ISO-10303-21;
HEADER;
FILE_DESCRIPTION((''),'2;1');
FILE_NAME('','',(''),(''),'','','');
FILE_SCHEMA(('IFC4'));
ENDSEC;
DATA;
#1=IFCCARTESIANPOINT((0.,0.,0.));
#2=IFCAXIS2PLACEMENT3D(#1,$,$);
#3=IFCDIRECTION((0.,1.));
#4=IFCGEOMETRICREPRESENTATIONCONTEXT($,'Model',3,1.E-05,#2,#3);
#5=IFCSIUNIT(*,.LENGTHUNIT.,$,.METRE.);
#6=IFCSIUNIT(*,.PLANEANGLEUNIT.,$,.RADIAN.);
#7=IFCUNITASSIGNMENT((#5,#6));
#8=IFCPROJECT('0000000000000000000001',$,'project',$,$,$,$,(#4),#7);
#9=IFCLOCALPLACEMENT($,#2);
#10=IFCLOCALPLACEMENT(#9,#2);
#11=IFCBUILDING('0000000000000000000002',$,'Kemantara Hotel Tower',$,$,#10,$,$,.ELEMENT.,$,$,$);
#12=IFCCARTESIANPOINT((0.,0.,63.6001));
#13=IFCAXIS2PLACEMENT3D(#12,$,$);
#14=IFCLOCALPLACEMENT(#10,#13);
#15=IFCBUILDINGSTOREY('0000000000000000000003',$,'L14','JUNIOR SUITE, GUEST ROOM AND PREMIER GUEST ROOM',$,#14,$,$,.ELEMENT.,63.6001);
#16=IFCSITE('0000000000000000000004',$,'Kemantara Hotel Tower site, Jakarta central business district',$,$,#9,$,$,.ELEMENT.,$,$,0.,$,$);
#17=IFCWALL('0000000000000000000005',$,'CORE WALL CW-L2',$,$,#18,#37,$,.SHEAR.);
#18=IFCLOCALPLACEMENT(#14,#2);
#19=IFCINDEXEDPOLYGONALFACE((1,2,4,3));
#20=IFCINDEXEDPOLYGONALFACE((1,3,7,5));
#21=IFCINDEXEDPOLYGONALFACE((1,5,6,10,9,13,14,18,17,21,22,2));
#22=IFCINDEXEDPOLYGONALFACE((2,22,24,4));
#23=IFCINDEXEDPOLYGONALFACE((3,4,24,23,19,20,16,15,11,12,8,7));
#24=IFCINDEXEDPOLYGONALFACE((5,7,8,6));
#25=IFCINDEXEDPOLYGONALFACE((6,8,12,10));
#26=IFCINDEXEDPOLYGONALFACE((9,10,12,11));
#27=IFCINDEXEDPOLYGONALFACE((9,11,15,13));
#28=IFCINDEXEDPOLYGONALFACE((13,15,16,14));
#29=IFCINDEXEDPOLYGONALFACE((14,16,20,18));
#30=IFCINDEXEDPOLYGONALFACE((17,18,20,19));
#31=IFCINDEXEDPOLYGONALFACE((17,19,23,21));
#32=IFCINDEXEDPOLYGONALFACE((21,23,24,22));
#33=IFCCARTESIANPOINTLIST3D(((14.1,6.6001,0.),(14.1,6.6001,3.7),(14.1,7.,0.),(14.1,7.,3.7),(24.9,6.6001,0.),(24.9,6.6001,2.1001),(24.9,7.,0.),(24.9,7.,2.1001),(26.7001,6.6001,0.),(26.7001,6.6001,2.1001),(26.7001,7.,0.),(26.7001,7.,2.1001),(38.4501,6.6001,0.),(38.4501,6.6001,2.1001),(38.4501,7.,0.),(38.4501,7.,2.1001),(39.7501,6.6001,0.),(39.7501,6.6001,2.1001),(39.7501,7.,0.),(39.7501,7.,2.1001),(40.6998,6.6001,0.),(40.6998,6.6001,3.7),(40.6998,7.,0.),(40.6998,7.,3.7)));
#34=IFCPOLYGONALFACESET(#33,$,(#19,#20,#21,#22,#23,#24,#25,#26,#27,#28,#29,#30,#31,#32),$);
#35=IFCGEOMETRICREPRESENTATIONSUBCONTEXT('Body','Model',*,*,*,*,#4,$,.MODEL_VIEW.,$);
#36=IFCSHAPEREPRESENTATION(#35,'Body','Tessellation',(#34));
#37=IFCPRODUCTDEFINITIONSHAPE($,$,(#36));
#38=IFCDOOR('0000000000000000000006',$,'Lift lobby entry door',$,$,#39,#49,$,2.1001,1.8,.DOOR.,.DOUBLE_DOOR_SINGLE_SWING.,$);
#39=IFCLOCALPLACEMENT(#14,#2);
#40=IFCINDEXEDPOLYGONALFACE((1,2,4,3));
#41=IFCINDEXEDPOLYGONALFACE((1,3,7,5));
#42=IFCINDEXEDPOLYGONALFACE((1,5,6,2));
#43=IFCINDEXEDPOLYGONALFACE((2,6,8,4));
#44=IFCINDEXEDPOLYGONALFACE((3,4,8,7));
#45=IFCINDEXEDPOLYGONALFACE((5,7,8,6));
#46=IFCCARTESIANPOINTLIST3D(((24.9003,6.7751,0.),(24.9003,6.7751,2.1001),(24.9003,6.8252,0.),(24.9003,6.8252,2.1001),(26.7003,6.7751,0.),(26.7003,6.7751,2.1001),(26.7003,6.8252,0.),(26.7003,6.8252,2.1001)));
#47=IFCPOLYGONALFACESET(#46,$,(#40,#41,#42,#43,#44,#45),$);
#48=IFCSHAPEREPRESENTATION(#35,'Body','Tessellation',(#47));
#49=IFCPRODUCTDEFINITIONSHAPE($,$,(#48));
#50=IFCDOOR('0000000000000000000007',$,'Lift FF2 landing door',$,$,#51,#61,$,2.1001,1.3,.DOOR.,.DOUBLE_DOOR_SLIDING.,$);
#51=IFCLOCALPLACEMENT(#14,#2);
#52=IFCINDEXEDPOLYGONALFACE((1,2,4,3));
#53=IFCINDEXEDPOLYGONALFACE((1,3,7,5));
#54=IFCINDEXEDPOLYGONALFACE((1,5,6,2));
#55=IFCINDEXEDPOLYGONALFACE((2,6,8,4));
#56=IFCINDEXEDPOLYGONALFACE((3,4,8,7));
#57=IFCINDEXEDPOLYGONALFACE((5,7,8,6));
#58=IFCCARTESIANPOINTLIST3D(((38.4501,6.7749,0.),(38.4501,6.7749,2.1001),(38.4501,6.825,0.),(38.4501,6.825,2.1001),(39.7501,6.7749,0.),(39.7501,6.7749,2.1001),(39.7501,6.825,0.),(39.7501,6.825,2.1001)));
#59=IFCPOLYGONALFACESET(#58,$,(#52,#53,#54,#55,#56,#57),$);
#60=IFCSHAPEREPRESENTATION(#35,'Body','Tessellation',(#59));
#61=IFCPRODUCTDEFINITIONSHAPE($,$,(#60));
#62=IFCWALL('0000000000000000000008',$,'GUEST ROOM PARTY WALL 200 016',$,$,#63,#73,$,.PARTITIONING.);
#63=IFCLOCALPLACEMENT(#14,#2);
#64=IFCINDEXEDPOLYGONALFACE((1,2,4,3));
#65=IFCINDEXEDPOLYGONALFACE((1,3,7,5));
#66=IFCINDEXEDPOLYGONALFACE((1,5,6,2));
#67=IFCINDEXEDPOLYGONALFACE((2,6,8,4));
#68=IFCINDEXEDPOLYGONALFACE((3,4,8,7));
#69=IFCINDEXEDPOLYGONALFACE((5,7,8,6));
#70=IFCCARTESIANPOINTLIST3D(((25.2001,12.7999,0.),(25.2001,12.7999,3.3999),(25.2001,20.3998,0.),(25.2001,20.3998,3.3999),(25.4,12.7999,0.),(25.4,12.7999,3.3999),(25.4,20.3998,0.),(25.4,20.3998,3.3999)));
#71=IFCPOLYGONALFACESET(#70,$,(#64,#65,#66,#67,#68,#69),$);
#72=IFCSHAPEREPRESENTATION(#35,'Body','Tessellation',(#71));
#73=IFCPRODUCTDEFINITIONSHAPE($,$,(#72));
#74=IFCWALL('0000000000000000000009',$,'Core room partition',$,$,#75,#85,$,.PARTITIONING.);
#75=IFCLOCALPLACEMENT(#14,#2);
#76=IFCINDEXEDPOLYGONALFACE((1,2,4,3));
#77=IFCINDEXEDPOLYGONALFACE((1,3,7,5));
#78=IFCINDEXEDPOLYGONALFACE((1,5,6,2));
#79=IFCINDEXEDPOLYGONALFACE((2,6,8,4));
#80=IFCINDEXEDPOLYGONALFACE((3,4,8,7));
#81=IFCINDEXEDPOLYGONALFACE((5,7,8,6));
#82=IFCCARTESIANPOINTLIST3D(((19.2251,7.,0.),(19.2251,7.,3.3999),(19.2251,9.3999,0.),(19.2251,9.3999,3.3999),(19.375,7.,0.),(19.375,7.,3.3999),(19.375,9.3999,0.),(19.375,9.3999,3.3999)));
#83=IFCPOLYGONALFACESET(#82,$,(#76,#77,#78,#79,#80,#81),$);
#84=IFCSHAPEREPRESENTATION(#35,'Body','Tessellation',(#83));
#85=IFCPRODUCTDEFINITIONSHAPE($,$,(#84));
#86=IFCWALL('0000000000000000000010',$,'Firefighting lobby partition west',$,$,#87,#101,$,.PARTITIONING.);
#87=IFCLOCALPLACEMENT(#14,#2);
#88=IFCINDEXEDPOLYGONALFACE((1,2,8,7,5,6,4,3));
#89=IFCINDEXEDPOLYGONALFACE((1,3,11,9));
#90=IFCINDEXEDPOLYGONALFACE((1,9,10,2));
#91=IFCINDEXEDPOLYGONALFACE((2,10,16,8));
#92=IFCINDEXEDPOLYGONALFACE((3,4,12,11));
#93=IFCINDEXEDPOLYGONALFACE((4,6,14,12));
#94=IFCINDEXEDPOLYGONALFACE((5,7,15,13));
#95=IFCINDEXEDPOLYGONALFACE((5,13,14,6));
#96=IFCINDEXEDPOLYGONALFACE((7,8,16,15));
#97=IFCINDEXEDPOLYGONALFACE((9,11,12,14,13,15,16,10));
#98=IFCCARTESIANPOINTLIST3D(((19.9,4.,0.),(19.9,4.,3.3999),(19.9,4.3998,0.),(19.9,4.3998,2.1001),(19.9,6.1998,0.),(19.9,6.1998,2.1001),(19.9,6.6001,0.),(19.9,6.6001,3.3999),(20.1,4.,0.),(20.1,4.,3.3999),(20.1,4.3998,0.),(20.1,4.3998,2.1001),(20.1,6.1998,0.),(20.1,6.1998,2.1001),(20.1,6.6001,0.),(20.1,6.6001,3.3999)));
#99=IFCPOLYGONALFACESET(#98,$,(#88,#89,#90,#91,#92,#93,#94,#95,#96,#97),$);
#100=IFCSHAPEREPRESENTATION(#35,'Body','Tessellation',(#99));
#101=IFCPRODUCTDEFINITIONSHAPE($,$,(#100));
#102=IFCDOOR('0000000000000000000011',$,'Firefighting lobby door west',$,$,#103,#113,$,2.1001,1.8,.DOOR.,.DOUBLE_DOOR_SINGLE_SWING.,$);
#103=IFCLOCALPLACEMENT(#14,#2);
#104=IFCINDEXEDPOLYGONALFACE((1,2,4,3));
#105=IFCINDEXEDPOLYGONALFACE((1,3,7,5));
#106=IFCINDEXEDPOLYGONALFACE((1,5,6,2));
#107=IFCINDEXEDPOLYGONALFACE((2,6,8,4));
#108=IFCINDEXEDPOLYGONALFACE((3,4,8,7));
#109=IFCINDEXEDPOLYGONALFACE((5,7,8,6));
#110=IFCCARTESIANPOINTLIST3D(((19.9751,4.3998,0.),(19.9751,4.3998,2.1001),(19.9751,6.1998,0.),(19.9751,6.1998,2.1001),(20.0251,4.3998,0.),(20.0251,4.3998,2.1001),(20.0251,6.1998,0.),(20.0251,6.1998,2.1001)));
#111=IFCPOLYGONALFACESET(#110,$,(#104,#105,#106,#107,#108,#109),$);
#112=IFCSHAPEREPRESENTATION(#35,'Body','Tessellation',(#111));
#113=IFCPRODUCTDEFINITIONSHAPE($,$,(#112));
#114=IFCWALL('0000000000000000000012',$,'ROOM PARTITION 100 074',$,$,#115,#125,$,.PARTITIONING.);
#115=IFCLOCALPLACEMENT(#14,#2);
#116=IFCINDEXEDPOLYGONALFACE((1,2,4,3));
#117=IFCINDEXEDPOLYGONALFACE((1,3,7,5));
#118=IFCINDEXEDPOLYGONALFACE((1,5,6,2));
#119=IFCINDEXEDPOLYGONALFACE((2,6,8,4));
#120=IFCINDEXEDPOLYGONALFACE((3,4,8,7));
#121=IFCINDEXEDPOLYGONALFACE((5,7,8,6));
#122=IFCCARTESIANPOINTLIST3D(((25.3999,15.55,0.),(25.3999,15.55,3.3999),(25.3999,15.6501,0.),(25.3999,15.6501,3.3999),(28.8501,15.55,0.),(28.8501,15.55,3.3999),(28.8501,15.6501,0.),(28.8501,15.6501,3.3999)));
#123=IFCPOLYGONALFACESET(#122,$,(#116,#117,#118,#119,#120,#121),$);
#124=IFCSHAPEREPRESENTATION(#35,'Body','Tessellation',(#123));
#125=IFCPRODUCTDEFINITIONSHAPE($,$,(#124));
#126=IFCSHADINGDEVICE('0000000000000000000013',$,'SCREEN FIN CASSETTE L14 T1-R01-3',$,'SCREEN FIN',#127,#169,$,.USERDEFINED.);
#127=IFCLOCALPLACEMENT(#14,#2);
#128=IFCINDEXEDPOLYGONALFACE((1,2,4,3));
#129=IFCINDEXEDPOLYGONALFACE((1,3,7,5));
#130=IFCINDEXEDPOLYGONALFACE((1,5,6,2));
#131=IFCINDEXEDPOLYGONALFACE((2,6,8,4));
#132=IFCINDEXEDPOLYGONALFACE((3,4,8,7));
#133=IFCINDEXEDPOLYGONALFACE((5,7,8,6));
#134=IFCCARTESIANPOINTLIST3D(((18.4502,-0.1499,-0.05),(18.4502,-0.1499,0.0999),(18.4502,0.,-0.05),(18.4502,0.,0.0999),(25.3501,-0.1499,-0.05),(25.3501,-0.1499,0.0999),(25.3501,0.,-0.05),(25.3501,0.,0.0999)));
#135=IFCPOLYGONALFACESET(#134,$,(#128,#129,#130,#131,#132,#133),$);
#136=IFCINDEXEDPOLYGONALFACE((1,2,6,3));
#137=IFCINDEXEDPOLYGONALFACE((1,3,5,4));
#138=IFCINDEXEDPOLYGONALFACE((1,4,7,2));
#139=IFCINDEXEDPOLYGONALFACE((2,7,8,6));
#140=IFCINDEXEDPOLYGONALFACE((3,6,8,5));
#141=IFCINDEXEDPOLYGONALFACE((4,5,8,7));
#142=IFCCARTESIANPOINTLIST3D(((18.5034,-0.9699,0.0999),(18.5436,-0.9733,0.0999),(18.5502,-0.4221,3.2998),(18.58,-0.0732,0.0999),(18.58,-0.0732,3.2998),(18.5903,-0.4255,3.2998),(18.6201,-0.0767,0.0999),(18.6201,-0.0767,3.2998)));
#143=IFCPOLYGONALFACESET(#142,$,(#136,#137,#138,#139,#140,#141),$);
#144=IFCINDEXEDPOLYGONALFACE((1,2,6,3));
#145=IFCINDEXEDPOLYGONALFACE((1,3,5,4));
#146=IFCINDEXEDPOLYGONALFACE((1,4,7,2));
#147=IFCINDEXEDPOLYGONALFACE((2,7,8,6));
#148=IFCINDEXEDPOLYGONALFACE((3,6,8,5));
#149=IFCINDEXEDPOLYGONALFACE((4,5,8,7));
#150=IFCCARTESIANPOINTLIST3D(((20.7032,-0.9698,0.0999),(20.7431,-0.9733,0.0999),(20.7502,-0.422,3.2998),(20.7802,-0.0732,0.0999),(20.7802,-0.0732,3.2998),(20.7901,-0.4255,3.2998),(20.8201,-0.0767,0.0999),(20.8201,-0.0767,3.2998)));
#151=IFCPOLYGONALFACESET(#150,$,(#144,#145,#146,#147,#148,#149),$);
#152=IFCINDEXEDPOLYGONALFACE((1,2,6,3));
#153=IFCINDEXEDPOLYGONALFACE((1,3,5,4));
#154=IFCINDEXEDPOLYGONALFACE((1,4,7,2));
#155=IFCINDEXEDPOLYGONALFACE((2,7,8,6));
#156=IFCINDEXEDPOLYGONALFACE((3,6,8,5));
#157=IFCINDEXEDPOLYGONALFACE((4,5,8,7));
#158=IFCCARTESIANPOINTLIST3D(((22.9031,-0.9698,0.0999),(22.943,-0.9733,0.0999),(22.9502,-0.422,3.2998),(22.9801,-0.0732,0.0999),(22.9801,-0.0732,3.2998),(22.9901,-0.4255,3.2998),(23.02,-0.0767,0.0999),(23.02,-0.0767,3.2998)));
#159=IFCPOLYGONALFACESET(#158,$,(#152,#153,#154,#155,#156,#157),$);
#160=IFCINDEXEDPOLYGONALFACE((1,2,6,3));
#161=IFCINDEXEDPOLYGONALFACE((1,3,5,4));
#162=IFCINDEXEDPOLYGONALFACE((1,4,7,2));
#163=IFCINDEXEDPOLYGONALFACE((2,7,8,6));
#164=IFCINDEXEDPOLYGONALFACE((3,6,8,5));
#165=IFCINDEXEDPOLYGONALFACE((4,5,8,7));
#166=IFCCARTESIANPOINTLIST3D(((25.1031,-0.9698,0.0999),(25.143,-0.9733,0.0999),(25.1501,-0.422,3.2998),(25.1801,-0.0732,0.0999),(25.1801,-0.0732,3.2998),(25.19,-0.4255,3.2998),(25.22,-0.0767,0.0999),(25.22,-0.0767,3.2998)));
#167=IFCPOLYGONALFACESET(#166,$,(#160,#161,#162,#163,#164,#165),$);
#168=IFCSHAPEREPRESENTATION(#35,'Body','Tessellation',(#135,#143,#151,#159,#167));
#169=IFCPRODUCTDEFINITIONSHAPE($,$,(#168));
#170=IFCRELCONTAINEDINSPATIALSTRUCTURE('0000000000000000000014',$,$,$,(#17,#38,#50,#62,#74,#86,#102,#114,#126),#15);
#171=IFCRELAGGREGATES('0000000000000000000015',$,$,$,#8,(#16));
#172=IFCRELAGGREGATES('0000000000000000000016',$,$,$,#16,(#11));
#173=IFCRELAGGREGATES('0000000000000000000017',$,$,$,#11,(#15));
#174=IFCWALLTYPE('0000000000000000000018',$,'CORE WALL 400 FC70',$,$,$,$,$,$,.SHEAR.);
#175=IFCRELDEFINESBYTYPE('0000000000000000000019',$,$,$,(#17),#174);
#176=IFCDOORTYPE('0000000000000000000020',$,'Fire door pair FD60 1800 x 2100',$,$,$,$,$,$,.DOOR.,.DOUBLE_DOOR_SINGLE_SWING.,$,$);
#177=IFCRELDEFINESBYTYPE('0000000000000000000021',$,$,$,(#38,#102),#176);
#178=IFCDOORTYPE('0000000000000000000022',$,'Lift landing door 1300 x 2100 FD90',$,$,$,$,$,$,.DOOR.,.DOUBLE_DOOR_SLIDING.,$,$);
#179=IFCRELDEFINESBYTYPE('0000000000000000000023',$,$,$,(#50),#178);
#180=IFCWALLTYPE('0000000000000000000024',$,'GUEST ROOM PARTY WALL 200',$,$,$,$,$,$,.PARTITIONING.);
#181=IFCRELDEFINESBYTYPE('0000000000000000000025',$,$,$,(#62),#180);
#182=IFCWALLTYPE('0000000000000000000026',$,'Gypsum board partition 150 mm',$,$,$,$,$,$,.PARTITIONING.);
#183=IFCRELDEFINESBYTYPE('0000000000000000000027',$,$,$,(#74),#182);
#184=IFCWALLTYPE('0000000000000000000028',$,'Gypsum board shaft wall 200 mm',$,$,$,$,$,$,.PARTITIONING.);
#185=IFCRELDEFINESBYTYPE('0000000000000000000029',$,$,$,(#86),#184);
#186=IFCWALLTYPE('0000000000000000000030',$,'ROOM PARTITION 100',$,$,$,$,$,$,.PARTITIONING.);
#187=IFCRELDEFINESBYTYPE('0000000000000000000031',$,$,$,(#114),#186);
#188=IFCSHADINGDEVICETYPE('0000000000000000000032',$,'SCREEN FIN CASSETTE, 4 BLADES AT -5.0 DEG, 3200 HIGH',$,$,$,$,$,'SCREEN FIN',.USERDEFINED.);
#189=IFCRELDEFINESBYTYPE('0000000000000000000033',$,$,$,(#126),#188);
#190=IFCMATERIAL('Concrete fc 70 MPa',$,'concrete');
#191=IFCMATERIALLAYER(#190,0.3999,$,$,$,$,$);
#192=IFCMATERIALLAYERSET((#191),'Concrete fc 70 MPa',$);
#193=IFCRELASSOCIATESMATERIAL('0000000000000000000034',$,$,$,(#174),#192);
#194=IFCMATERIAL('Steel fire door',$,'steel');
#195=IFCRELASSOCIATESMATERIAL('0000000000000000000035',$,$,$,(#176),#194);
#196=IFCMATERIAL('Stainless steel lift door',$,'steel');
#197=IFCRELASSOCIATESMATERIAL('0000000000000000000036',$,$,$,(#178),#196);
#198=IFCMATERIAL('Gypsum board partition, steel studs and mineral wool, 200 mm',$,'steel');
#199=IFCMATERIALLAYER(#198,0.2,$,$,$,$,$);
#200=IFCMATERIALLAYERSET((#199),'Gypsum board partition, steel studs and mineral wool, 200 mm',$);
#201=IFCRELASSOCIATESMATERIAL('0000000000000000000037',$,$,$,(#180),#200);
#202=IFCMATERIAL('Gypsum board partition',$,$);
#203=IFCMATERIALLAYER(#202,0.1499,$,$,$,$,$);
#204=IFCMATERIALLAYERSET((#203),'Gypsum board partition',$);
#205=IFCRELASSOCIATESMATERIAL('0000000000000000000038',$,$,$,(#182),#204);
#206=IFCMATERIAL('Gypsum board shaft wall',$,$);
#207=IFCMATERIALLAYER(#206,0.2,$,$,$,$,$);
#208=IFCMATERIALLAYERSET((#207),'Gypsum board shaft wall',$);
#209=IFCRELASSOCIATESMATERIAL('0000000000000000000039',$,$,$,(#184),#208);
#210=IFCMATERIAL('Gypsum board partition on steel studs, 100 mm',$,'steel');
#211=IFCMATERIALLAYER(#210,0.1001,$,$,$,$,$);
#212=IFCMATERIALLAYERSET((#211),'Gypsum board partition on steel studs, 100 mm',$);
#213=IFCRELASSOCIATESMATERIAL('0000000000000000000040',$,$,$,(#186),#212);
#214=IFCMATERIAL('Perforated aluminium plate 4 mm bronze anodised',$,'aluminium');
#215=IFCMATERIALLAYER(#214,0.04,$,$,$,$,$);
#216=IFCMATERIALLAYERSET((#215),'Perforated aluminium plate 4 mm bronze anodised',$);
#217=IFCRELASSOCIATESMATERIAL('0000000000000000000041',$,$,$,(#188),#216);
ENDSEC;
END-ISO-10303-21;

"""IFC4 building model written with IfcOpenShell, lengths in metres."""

from ifc_helpers import new_model, si_unit, direction, frame, frame_2d, origin, origin_2d, place, context, subcontext, project, spatial, polyline, rectangle, outline, extrude, source, transform, mapped, material, layer, layer_set, type_object, element, fill, save


model = new_model("IFC4")

# Units and contexts
model_context = context("Model", 3, precision=1e-05, world=origin(), true_north=direction((0.0, 1.0)))
body_context = subcontext(model_context, "Body", "Model", "MODEL_VIEW")
ifc_project = project(units=[si_unit("LENGTHUNIT", "METRE"), si_unit("PLANEANGLEUNIT", "RADIAN")], contexts=[model_context])

# Site, building, storey
site_placement = place(None, origin())
site = spatial("IfcSite", under=ifc_project, at=site_placement, Name="Kemantara Hotel Tower site, Jakarta central business district", CompositionType="ELEMENT", RefElevation=0.0)
building_placement = place(site_placement, origin())
building = spatial("IfcBuilding", under=site, at=building_placement, Name="Kemantara Hotel Tower", CompositionType="ELEMENT")
storey_placement = place(building_placement, frame((0.0, 0.0, 63.6001)))
storey = spatial("IfcBuildingStorey", under=building, at=storey_placement, Name="L14", Description="JUNIOR SUITE, GUEST ROOM AND PREMIER GUEST ROOM", CompositionType="ELEMENT", Elevation=63.6001)

# Shared definitions
ifc_material_1 = material(Name="Concrete fc 70 MPa", Category="concrete")

# Wall, openings, doors
ifc_layer_1 = layer(ifc_material_1, 0.3999)
ifc_layer_set_1 = layer_set([ifc_layer_1], Name="Concrete fc 70 MPa")
wall_type_1 = type_object("IfcWallType", Name="CORE WALL 400 FC70", PredefinedType="SHEAR", material=ifc_layer_set_1)
ifc_material_2 = material(Name="Steel fire door", Category="steel")
wall_1_placement = place(storey_placement, frame((14.1001, 6.8, 0.0), z_axis=(0.0, 0.0, 1.0), x_axis=(1.0, 0.0, 0.0)))
wall_1 = element("IfcWall", 1, at=wall_1_placement, inside=storey, type_object=wall_type_1, Name="CORE WALL CW-L2", PredefinedType="SHEAR", context=body_context, shape_type="SweptSolid", body=[
    extrude(rectangle(XDim=26.5999, YDim=0.3999, at=frame_2d((13.2998, 0.0))), origin(), (0.0, 0.0, 1.0), 3.7),
])
opening_1_placement = place(wall_1_placement, frame((10.8, 0.0, 0.0)))
opening_1 = element("IfcOpeningElement", 2, at=opening_1_placement, cuts=wall_1, PredefinedType="OPENING", context=body_context, shape_type="SweptSolid", body=[
    extrude(rectangle(XDim=1.8, YDim=2.1001, at=frame_2d((0.8999, 1.05))), frame((0.0, 0.21, 0.0), z_axis=(0.0, -1.0, 0.0), x_axis=(1.0, 0.0, 0.0)), (0.0, 0.0, 1.0), 0.4199),
])
opening_2_placement = place(wall_1_placement, frame((24.3501, 0.0, 0.0)))
opening_2 = element("IfcOpeningElement", 3, at=opening_2_placement, cuts=wall_1, PredefinedType="OPENING", context=body_context, shape_type="SweptSolid", body=[
    extrude(rectangle(XDim=1.3, YDim=2.1001, at=frame_2d((0.6499, 1.05))), frame((0.0, 0.21, 0.0), z_axis=(0.0, -1.0, 0.0), x_axis=(1.0, 0.0, 0.0)), (0.0, 0.0, 1.0), 0.4199),
])
door_type_1 = type_object("IfcDoorType", Name="Fire door pair FD60 1800 x 2100", OperationType="DOUBLE_DOOR_SINGLE_SWING", PredefinedType="DOOR", material=ifc_material_2)
door_1_placement = place(opening_1_placement, frame((1.8, 0.0, 0.0), z_axis=(0.0, 0.0, 1.0), x_axis=(-1.0, 0.0, 0.0)))
door_1 = element("IfcDoor", 4, at=door_1_placement, inside=storey, type_object=door_type_1, Name="Lift lobby entry door", OperationType="DOUBLE_DOOR_SINGLE_SWING", OverallHeight=2.1001, OverallWidth=1.8, PredefinedType="DOOR", context=body_context, shape_type="SweptSolid", body=[
    extrude(rectangle(XDim=1.8, YDim=2.1001, at=frame_2d((0.8999, 1.05))), frame((0.0, 0.0249, 0.0), z_axis=(0.0, -1.0, 0.0), x_axis=(1.0, 0.0, 0.0)), (0.0, 0.0, 1.0), 0.05),
])
fill(opening_1, door_1)
ifc_material_3 = material(Name="Stainless steel lift door", Category="steel")
door_type_2 = type_object("IfcDoorType", Name="Lift landing door 1300 x 2100 FD90", OperationType="DOUBLE_DOOR_SLIDING", PredefinedType="DOOR", material=ifc_material_3)
door_2_placement = place(opening_2_placement, origin())
door_2 = element("IfcDoor", 5, at=door_2_placement, inside=storey, type_object=door_type_2, Name="Lift FF2 landing door", OperationType="DOUBLE_DOOR_SLIDING", OverallHeight=2.1001, OverallWidth=1.3, PredefinedType="DOOR", context=body_context, shape_type="SweptSolid", body=[
    extrude(rectangle(XDim=1.3, YDim=2.1001, at=frame_2d((0.6499, 1.05))), frame((0.0, 0.0249, 0.0), z_axis=(0.0, -1.0, 0.0), x_axis=(1.0, 0.0, 0.0)), (0.0, 0.0, 1.0), 0.05),
])
fill(opening_2, door_2)

# Walls
ifc_material_4 = material(Name="Gypsum board partition, steel studs and mineral wool, 200 mm", Category="steel")
ifc_layer_2 = layer(ifc_material_4, 0.2)
ifc_layer_set_2 = layer_set([ifc_layer_2], Name="Gypsum board partition, steel studs and mineral wool, 200 mm")
wall_type_2 = type_object("IfcWallType", Name="GUEST ROOM PARTY WALL 200", PredefinedType="PARTITIONING", material=ifc_layer_set_2)
wall_2_placement = place(storey_placement, frame((25.3, 12.8, 0.0), z_axis=(0.0, 0.0, 1.0), x_axis=(0.0, 1.0, 0.0)))
element("IfcWall", 6, at=wall_2_placement, inside=storey, type_object=wall_type_2, Name="GUEST ROOM PARTY WALL 200 016", PredefinedType="PARTITIONING", context=body_context, shape_type="SweptSolid", body=[
    extrude(rectangle(XDim=7.5999, YDim=0.2, at=frame_2d((3.7998, 0.0))), origin(), (0.0, 0.0, 1.0), 3.3999),
])
ifc_material_5 = material(Name="Gypsum board partition")
ifc_layer_3 = layer(ifc_material_5, 0.1499)
ifc_layer_set_3 = layer_set([ifc_layer_3], Name="Gypsum board partition")
wall_type_3 = type_object("IfcWallType", Name="Gypsum board partition 150 mm", PredefinedType="PARTITIONING", material=ifc_layer_set_3)
wall_3_placement = place(storey_placement, frame((19.3, 7.0, 0.0), z_axis=(0.0, 0.0, 1.0), x_axis=(0.0, 1.0, 0.0)))
element("IfcWall", 7, at=wall_3_placement, inside=storey, type_object=wall_type_3, Name="Core room partition", PredefinedType="PARTITIONING", context=body_context, shape_type="SweptSolid", body=[
    extrude(rectangle(XDim=2.3999, YDim=0.1499, at=frame_2d((1.2, 0.0))), origin(), (0.0, 0.0, 1.0), 3.3999),
])

# Wall, opening, door
ifc_material_6 = material(Name="Gypsum board shaft wall")
ifc_layer_4 = layer(ifc_material_6, 0.2)
ifc_layer_set_4 = layer_set([ifc_layer_4], Name="Gypsum board shaft wall")
wall_type_4 = type_object("IfcWallType", Name="Gypsum board shaft wall 200 mm", PredefinedType="PARTITIONING", material=ifc_layer_set_4)
wall_4_placement = place(storey_placement, frame((20.0, 4.0, 0.0), z_axis=(0.0, 0.0, 1.0), x_axis=(0.0, 1.0, 0.0)))
wall_4 = element("IfcWall", 8, at=wall_4_placement, inside=storey, type_object=wall_type_4, Name="Firefighting lobby partition west", PredefinedType="PARTITIONING", context=body_context, shape_type="SweptSolid", body=[
    extrude(rectangle(XDim=2.6001, YDim=0.2, at=frame_2d((1.3, 0.0))), origin(), (0.0, 0.0, 1.0), 3.3999),
])
opening_3_placement = place(wall_4_placement, frame((0.3999, 0.0, 0.0)))
opening_3 = element("IfcOpeningElement", 9, at=opening_3_placement, cuts=wall_4, PredefinedType="OPENING", context=body_context, shape_type="SweptSolid", body=[
    extrude(rectangle(XDim=1.8, YDim=2.1001, at=frame_2d((0.8999, 1.05))), frame((0.0, 0.1099, 0.0), z_axis=(0.0, -1.0, 0.0), x_axis=(1.0, 0.0, 0.0)), (0.0, 0.0, 1.0), 0.22),
])
door_3_placement = place(opening_3_placement, origin())
door_3 = element("IfcDoor", 10, at=door_3_placement, inside=storey, type_object=door_type_1, Name="Firefighting lobby door west", OperationType="DOUBLE_DOOR_SINGLE_SWING", OverallHeight=2.1001, OverallWidth=1.8, PredefinedType="DOOR", context=body_context, shape_type="SweptSolid", body=[
    extrude(rectangle(XDim=1.8, YDim=2.1001, at=frame_2d((0.8999, 1.05))), frame((0.0, 0.0249, 0.0), z_axis=(0.0, -1.0, 0.0), x_axis=(1.0, 0.0, 0.0)), (0.0, 0.0, 1.0), 0.05),
])
fill(opening_3, door_3)

# Wall
ifc_material_7 = material(Name="Gypsum board partition on steel studs, 100 mm", Category="steel")
ifc_layer_5 = layer(ifc_material_7, 0.1001)
ifc_layer_set_5 = layer_set([ifc_layer_5], Name="Gypsum board partition on steel studs, 100 mm")
wall_type_5 = type_object("IfcWallType", Name="ROOM PARTITION 100", PredefinedType="PARTITIONING", material=ifc_layer_set_5)
wall_5_placement = place(storey_placement, frame((25.3999, 15.6001, 0.0), z_axis=(0.0, 0.0, 1.0), x_axis=(1.0, 0.0, 0.0)))
element("IfcWall", 11, at=wall_5_placement, inside=storey, type_object=wall_type_5, Name="ROOM PARTITION 100 074", PredefinedType="PARTITIONING", context=body_context, shape_type="SweptSolid", body=[
    extrude(rectangle(XDim=3.4502, YDim=0.1001, at=frame_2d((1.7251, 0.0))), origin(), (0.0, 0.0, 1.0), 3.3999),
])

# Shading device
ifc_material_8 = material(Name="Perforated aluminium plate 4 mm bronze anodised", Category="aluminium")
ifc_layer_6 = layer(ifc_material_8, 0.04)
ifc_layer_set_6 = layer_set([ifc_layer_6], Name="Perforated aluminium plate 4 mm bronze anodised")
shading_device_type = type_object("IfcShadingDeviceType", Name="SCREEN FIN CASSETTE, 4 BLADES AT -5.0 DEG, 3200 HIGH", ElementType="SCREEN FIN", PredefinedType="USERDEFINED", material=ifc_layer_set_6)
shared_shape = source(origin(), body_context, "Body", "SweptSolid", [
    extrude(rectangle(XDim=6.8999, YDim=0.1499, at=origin_2d()), frame((3.3, -0.075, -0.1499), z_axis=(0.0, 0.0, 1.0), x_axis=(1.0, 0.0, 0.0)), (0.0, 0.0, 1.0), 0.1499),
    extrude(outline(polyline([(0.0, 0.0), (0.8999, 0.0), (0.3501, 3.2), (0.0, 3.2), (0.0, 0.0)])), frame((0.02, -0.0767, 0.0), z_axis=(-0.996376, 0.085056, 0.0), x_axis=(-0.085056, -0.996376, 0.0)), (0.0, 0.0, 1.0), 0.0403),
    extrude(outline(polyline([(0.0, 0.0), (0.8999, 0.0), (0.3501, 3.2), (0.0, 3.2), (0.0, 0.0)])), frame((2.22, -0.0767, 0.0), z_axis=(-0.996332, 0.085575, 0.0), x_axis=(-0.085575, -0.996332, 0.0)), (0.0, 0.0, 1.0), 0.04),
    extrude(outline(polyline([(0.0, 0.0), (0.8999, 0.0), (0.3501, 3.2), (0.0, 3.2), (0.0, 0.0)])), frame((4.4199, -0.0767, 0.0), z_axis=(-0.996332, 0.085575, 0.0), x_axis=(-0.085575, -0.996332, 0.0)), (0.0, 0.0, 1.0), 0.04),
    extrude(outline(polyline([(0.0, 0.0), (0.8999, 0.0), (0.3501, 3.2), (0.0, 3.2), (0.0, 0.0)])), frame((6.6199, -0.0767, 0.0), z_axis=(-0.996332, 0.085575, 0.0), x_axis=(-0.085575, -0.996332, 0.0)), (0.0, 0.0, 1.0), 0.04),
])
shading_device_placement = place(storey_placement, frame((18.6001, 0.0, 0.0999), z_axis=(0.0, 0.0, 1.0), x_axis=(1.0, 0.0, 0.0)))
element("IfcShadingDevice", 12, at=shading_device_placement, inside=storey, type_object=shading_device_type, Name="SCREEN FIN CASSETTE L14 T1-R01-3", ObjectType="SCREEN FIN", PredefinedType="USERDEFINED", context=body_context, shape_type="MappedRepresentation", body=[
    mapped(shared_shape, transform((0.0, 0.0, 0.0))),
])

save(model, "model.ifc")
